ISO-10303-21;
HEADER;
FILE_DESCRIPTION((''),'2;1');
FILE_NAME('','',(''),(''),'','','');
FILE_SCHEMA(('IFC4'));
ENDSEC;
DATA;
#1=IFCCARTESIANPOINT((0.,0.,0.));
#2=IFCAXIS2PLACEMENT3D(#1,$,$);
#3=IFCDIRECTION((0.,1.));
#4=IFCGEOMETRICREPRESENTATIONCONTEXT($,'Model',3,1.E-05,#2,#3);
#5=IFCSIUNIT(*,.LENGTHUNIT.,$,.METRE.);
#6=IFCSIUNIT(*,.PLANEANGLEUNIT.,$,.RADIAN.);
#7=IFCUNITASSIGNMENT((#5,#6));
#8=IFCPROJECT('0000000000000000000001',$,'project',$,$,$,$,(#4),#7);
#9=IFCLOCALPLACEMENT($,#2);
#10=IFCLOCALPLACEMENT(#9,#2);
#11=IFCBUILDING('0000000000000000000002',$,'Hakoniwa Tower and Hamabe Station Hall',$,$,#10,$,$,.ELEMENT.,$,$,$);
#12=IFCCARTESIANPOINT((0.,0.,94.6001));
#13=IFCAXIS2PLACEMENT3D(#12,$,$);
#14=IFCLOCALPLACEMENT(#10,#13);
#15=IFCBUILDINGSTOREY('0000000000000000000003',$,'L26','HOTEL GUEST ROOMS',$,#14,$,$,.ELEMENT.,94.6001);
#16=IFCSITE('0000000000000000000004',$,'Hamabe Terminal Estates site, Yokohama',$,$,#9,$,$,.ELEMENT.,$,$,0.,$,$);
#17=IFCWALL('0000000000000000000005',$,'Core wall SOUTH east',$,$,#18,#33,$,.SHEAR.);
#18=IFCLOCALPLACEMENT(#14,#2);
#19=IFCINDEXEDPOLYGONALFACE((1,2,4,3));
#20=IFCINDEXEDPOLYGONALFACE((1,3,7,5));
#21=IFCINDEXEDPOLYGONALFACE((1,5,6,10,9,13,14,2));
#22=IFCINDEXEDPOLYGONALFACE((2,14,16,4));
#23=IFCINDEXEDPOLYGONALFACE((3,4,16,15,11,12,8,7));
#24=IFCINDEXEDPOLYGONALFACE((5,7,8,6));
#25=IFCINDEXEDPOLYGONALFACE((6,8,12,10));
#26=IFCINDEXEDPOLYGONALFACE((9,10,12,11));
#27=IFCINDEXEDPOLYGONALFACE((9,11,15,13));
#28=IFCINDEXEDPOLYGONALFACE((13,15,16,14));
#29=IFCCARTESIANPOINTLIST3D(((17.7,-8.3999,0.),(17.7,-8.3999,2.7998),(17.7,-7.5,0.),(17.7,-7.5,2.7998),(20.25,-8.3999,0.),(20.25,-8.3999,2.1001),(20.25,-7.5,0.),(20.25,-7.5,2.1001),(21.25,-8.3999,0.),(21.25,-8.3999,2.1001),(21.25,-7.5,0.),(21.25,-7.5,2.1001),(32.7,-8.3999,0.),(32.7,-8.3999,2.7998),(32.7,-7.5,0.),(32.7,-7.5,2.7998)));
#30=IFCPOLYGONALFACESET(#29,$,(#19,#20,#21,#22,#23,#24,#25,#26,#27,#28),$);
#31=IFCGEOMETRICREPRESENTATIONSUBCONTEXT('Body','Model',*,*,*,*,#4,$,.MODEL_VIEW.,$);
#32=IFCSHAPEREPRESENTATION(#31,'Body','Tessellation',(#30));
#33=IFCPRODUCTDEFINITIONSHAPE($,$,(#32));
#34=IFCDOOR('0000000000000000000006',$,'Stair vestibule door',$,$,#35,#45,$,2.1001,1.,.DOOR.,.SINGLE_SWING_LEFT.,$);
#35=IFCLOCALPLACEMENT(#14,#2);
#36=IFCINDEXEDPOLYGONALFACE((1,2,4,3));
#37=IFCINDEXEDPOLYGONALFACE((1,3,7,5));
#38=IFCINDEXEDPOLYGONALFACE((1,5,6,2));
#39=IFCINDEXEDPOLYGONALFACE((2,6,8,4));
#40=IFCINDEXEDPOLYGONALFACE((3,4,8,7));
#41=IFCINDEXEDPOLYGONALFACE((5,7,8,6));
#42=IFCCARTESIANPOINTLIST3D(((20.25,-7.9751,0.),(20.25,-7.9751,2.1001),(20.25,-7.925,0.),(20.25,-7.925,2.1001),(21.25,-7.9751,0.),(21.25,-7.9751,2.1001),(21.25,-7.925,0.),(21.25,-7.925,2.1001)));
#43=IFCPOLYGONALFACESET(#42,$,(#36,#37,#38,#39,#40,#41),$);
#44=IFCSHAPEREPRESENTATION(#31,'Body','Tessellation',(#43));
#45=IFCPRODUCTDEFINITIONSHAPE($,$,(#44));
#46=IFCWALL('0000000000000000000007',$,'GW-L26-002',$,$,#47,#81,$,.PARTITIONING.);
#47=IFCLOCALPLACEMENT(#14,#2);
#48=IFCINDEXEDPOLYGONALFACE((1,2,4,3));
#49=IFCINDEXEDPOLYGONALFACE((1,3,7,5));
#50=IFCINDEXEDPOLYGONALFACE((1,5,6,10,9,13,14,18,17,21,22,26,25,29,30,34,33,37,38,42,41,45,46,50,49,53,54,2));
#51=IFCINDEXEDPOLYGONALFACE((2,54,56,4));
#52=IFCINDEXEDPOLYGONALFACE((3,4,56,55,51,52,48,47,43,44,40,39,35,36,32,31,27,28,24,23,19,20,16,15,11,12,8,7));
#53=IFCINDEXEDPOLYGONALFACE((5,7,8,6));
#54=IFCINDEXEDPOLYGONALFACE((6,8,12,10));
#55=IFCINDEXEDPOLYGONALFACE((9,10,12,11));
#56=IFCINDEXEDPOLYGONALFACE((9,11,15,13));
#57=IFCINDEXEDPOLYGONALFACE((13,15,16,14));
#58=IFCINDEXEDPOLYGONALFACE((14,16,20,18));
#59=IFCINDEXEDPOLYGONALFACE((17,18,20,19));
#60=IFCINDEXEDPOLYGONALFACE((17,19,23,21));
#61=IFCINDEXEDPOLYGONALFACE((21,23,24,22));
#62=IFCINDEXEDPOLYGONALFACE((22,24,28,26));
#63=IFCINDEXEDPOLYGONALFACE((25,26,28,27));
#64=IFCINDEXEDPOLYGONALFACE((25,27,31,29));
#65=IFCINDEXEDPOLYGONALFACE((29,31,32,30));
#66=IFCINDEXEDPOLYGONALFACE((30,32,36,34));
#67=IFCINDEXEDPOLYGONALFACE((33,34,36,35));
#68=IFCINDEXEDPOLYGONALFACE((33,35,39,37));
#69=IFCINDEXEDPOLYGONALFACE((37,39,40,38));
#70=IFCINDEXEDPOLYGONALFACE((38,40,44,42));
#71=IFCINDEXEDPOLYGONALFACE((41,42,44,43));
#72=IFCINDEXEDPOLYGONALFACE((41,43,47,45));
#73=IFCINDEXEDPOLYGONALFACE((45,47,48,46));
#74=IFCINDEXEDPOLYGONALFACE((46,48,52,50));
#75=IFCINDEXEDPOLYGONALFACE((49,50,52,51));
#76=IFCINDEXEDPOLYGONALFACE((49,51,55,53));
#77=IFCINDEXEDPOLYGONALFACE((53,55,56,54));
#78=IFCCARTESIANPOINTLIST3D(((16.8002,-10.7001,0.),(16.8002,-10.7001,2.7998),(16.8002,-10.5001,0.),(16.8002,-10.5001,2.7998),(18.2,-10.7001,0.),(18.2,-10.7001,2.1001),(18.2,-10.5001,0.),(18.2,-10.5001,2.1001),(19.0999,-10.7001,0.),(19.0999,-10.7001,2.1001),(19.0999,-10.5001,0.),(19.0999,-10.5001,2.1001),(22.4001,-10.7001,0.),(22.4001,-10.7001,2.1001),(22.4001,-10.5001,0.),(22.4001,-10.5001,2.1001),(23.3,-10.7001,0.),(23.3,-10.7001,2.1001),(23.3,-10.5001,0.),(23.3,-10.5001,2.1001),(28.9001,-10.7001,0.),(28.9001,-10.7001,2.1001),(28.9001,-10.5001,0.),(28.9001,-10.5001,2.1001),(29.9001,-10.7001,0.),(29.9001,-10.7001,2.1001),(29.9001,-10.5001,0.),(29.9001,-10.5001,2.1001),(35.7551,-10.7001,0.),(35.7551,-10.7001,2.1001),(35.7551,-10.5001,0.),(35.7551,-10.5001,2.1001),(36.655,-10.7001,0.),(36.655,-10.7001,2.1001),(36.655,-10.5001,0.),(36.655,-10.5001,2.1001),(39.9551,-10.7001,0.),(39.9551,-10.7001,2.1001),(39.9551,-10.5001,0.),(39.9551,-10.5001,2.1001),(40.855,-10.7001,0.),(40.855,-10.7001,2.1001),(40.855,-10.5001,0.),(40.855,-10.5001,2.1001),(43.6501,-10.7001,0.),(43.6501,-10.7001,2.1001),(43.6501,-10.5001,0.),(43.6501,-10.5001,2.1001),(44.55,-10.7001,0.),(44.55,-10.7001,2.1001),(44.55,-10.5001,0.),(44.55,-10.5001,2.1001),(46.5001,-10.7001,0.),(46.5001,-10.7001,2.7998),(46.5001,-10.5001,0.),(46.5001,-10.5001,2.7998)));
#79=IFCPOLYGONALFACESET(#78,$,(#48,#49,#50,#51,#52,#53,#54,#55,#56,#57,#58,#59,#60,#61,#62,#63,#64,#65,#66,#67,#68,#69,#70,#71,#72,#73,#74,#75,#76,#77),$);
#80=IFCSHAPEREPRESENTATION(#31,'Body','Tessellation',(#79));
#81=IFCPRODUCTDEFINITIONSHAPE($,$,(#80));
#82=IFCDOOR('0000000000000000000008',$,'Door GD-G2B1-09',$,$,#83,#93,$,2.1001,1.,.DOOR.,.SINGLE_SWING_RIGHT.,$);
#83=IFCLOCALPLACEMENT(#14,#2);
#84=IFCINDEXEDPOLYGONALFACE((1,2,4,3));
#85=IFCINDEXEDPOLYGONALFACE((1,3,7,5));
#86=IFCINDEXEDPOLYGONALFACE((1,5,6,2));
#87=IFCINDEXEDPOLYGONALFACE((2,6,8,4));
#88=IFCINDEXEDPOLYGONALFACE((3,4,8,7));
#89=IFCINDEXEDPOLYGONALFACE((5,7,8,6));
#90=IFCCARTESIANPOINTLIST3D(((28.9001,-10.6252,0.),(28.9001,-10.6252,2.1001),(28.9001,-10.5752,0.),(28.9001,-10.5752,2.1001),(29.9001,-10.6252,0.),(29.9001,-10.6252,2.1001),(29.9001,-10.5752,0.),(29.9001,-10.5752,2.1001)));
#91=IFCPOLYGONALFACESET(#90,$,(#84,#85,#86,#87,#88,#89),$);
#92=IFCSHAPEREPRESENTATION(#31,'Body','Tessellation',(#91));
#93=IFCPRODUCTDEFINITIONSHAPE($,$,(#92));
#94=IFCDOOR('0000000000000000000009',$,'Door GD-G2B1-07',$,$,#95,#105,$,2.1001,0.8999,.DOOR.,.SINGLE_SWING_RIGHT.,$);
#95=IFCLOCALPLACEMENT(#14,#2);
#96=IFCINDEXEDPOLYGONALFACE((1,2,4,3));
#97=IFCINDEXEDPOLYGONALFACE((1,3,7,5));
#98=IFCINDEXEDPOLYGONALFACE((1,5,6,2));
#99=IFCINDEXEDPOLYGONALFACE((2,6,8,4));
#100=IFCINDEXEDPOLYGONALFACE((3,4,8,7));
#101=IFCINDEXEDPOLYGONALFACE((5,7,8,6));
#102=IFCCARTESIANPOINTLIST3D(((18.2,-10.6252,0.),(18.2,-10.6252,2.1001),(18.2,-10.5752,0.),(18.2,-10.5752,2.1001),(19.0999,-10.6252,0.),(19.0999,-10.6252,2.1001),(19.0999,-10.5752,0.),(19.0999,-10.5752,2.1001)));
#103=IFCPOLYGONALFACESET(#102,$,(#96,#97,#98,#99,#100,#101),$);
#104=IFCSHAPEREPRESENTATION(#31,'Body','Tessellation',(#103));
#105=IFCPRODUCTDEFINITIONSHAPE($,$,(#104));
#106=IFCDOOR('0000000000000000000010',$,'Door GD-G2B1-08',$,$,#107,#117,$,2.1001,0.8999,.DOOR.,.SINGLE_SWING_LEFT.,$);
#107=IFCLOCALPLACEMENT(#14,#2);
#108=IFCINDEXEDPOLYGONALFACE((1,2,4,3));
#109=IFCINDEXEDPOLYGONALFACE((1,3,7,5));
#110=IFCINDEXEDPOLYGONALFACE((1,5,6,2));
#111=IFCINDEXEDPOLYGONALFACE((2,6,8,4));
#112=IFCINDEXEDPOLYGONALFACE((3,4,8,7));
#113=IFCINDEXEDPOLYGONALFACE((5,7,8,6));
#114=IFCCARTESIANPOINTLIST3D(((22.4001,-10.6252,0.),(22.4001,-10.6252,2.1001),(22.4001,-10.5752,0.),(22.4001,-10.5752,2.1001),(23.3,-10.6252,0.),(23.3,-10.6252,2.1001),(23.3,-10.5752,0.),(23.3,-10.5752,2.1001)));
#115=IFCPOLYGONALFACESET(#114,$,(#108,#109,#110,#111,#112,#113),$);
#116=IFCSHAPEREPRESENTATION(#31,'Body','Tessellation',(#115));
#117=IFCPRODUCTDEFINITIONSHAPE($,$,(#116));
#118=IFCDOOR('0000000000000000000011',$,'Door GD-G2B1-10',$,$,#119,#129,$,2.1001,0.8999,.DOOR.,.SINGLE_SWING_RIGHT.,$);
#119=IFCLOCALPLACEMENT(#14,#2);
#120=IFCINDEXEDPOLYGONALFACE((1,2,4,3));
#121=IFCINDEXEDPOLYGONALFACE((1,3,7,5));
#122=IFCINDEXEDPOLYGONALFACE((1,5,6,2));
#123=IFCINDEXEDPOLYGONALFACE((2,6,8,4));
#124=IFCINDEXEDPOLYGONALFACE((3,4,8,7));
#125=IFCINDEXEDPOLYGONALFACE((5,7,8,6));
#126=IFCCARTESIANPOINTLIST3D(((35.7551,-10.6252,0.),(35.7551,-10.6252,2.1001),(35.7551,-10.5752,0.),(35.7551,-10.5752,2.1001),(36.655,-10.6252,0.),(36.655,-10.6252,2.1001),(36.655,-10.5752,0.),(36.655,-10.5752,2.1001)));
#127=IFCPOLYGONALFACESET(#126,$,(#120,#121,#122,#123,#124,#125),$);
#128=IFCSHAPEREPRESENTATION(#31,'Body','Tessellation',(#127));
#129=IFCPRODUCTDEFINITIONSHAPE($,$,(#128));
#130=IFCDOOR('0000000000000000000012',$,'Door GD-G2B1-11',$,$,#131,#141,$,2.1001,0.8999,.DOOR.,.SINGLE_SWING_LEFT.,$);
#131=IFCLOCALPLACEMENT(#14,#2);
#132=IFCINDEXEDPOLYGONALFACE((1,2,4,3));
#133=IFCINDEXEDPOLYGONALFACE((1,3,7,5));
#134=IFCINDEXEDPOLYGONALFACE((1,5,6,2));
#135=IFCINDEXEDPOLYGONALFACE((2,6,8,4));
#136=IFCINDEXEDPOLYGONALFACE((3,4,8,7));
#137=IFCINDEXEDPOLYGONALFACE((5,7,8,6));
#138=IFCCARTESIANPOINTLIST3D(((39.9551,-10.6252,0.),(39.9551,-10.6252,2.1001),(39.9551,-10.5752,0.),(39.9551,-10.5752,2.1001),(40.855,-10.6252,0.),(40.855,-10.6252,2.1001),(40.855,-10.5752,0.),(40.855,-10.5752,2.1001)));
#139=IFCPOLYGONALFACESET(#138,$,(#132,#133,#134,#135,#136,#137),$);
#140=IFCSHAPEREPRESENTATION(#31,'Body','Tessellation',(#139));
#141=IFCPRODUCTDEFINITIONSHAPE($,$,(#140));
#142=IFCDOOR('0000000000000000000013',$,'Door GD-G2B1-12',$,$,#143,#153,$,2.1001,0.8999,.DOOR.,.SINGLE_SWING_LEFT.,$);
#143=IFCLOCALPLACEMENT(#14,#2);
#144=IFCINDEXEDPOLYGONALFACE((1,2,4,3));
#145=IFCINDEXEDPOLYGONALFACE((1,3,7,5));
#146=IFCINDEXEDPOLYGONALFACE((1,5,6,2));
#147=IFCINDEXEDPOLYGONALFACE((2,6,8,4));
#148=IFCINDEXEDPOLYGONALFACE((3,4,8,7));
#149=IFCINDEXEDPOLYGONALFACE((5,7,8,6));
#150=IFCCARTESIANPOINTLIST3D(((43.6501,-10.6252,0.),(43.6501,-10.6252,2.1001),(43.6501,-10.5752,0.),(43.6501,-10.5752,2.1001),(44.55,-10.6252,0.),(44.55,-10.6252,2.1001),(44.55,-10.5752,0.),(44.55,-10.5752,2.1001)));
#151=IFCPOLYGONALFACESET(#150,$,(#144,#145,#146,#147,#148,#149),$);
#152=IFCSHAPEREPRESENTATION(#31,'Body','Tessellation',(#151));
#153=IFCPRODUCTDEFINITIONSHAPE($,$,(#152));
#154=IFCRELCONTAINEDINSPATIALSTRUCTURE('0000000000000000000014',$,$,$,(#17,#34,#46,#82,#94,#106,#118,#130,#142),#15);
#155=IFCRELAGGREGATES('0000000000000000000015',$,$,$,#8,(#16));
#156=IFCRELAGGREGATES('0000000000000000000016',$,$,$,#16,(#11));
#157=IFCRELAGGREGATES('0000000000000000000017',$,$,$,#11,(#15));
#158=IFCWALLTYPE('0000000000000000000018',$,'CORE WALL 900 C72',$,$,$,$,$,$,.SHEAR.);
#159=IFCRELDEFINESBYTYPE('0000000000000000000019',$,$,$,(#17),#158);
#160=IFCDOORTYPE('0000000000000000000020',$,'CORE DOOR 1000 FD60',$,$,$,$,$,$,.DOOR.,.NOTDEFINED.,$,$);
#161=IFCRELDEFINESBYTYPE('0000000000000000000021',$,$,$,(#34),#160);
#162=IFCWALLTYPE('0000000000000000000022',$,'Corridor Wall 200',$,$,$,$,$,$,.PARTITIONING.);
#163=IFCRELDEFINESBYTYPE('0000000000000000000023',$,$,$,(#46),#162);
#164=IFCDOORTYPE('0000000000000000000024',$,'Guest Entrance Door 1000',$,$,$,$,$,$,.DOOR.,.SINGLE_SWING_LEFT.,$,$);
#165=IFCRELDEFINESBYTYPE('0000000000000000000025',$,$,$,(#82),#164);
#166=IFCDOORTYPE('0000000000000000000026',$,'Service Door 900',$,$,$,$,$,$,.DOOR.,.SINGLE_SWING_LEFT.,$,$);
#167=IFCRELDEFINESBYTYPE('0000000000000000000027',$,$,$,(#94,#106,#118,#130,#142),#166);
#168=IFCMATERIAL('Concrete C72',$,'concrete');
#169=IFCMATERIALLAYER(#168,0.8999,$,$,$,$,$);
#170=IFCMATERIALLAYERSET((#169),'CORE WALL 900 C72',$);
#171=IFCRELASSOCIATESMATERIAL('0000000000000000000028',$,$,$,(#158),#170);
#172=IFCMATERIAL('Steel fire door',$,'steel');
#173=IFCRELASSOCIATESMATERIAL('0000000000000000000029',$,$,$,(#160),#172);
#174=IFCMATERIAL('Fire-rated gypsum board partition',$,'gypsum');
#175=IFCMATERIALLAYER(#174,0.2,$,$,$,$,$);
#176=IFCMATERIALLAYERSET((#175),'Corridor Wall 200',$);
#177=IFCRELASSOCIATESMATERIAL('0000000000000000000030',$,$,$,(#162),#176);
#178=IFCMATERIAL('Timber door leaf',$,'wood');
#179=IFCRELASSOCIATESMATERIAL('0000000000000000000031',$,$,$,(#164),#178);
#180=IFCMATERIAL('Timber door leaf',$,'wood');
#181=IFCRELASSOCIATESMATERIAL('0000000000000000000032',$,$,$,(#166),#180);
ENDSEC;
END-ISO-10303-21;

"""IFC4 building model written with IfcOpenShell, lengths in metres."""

from ifc_helpers import new_model, si_unit, direction, frame, frame_2d, origin, place, context, subcontext, project, spatial, rectangle, extrude, material, layer, layer_set, type_object, element, fill, save


model = new_model("IFC4")

# Units and contexts
model_context = context("Model", 3, precision=1e-05, world=origin(), true_north=direction((0.0, 1.0)))
body_context = subcontext(model_context, "Body", "Model", "MODEL_VIEW")
ifc_project = project(units=[si_unit("LENGTHUNIT", "METRE"), si_unit("PLANEANGLEUNIT", "RADIAN")], contexts=[model_context])

# Site, building, storey
site_placement = place(None, origin())
site = spatial("IfcSite", under=ifc_project, at=site_placement, Name="Hamabe Terminal Estates site, Yokohama", CompositionType="ELEMENT", RefElevation=0.0)
building_placement = place(site_placement, origin())
building = spatial("IfcBuilding", under=site, at=building_placement, Name="Hakoniwa Tower and Hamabe Station Hall", CompositionType="ELEMENT")
storey_placement = place(building_placement, frame((0.0, 0.0, 94.6001)))
storey = spatial("IfcBuildingStorey", under=building, at=storey_placement, Name="L26", Description="HOTEL GUEST ROOMS", CompositionType="ELEMENT", Elevation=94.6001)

# Wall, opening, door
ifc_material_1 = material(Name="Concrete C72", Category="concrete")
ifc_layer_1 = layer(ifc_material_1, 0.8999)
ifc_layer_set_1 = layer_set([ifc_layer_1], Name="CORE WALL 900 C72")
wall_type_1 = type_object("IfcWallType", Name="CORE WALL 900 C72", PredefinedType="SHEAR", material=ifc_layer_set_1)
wall_1_placement = place(storey_placement, frame((17.7, -7.95, 0.0), z_axis=(0.0, 0.0, 1.0), x_axis=(1.0, 0.0, 0.0)))
wall_1 = element("IfcWall", 1, at=wall_1_placement, inside=storey, type_object=wall_type_1, Name="Core wall SOUTH east", PredefinedType="SHEAR", context=body_context, shape_type="SweptSolid", body=[
    extrude(rectangle(XDim=15.0, YDim=0.8999, at=frame_2d((7.5, 0.0))), origin(), (0.0, 0.0, 1.0), 2.7998),
])
opening_1_placement = place(wall_1_placement, frame((2.55, 0.0, 0.0)))
opening_1 = element("IfcOpeningElement", 2, at=opening_1_placement, cuts=wall_1, PredefinedType="OPENING", context=body_context, shape_type="SweptSolid", body=[
    extrude(rectangle(XDim=1.0, YDim=2.1001, at=frame_2d((0.5, 1.05))), frame((0.0, 0.46, 0.0), z_axis=(0.0, -1.0, 0.0), x_axis=(1.0, 0.0, 0.0)), (0.0, 0.0, 1.0), 0.9199),
])
ifc_material_2 = material(Name="Steel fire door", Category="steel")
door_type_1 = type_object("IfcDoorType", Name="CORE DOOR 1000 FD60", OperationType="NOTDEFINED", PredefinedType="DOOR", material=ifc_material_2)
door_1_placement = place(opening_1_placement, origin())
door_1 = element("IfcDoor", 3, at=door_1_placement, inside=storey, type_object=door_type_1, Name="Stair vestibule door", OperationType="SINGLE_SWING_LEFT", OverallHeight=2.1001, OverallWidth=1.0, PredefinedType="DOOR", context=body_context, shape_type="SweptSolid", body=[
    extrude(rectangle(XDim=1.0, YDim=2.1001, at=frame_2d((0.5, 1.05))), frame((0.0, 0.0249, 0.0), z_axis=(0.0, -1.0, 0.0), x_axis=(1.0, 0.0, 0.0)), (0.0, 0.0, 1.0), 0.05),
])
fill(opening_1, door_1)

# Wall, openings, doors
ifc_material_3 = material(Name="Fire-rated gypsum board partition", Category="gypsum")
ifc_layer_2 = layer(ifc_material_3, 0.2)
ifc_layer_set_2 = layer_set([ifc_layer_2], Name="Corridor Wall 200")
wall_type_2 = type_object("IfcWallType", Name="Corridor Wall 200", PredefinedType="PARTITIONING", material=ifc_layer_set_2)
wall_2_placement = place(storey_placement, frame((16.8, -10.6001, 0.0), z_axis=(0.0, 0.0, 1.0), x_axis=(1.0, 0.0, 0.0)))
wall_2 = element("IfcWall", 4, at=wall_2_placement, inside=storey, type_object=wall_type_2, Name="GW-L26-002", PredefinedType="PARTITIONING", context=body_context, shape_type="SweptSolid", body=[
    extrude(rectangle(XDim=29.7, YDim=0.2, at=frame_2d((14.8501, 0.0))), origin(), (0.0, 0.0, 1.0), 2.7998),
])
opening_2_placement = place(wall_2_placement, frame((1.3999, 0.0, 0.0)))
opening_2 = element("IfcOpeningElement", 5, at=opening_2_placement, cuts=wall_2, PredefinedType="OPENING", context=body_context, shape_type="SweptSolid", body=[
    extrude(rectangle(XDim=0.8999, YDim=2.1001, at=frame_2d((0.45, 1.05))), frame((0.0, 0.1099, 0.0), z_axis=(0.0, -1.0, 0.0), x_axis=(1.0, 0.0, 0.0)), (0.0, 0.0, 1.0), 0.22),
])
opening_3_placement = place(wall_2_placement, frame((5.6001, 0.0, 0.0)))
opening_3 = element("IfcOpeningElement", 6, at=opening_3_placement, cuts=wall_2, PredefinedType="OPENING", context=body_context, shape_type="SweptSolid", body=[
    extrude(rectangle(XDim=0.8999, YDim=2.1001, at=frame_2d((0.45, 1.05))), frame((0.0, 0.1099, 0.0), z_axis=(0.0, -1.0, 0.0), x_axis=(1.0, 0.0, 0.0)), (0.0, 0.0, 1.0), 0.22),
])
opening_4_placement = place(wall_2_placement, frame((12.1001, 0.0, 0.0)))
opening_4 = element("IfcOpeningElement", 7, at=opening_4_placement, cuts=wall_2, PredefinedType="OPENING", context=body_context, shape_type="SweptSolid", body=[
    extrude(rectangle(XDim=1.0, YDim=2.1001, at=frame_2d((0.5, 1.05))), frame((0.0, 0.1099, 0.0), z_axis=(0.0, -1.0, 0.0), x_axis=(1.0, 0.0, 0.0)), (0.0, 0.0, 1.0), 0.22),
])
opening_5_placement = place(wall_2_placement, frame((18.9551, 0.0, 0.0)))
opening_5 = element("IfcOpeningElement", 8, at=opening_5_placement, cuts=wall_2, PredefinedType="OPENING", context=body_context, shape_type="SweptSolid", body=[
    extrude(rectangle(XDim=0.8999, YDim=2.1001, at=frame_2d((0.45, 1.05))), frame((0.0, 0.1099, 0.0), z_axis=(0.0, -1.0, 0.0), x_axis=(1.0, 0.0, 0.0)), (0.0, 0.0, 1.0), 0.22),
])
opening_6_placement = place(wall_2_placement, frame((23.155, 0.0, 0.0)))
opening_6 = element("IfcOpeningElement", 9, at=opening_6_placement, cuts=wall_2, PredefinedType="OPENING", context=body_context, shape_type="SweptSolid", body=[
    extrude(rectangle(XDim=0.8999, YDim=2.1001, at=frame_2d((0.45, 1.05))), frame((0.0, 0.1099, 0.0), z_axis=(0.0, -1.0, 0.0), x_axis=(1.0, 0.0, 0.0)), (0.0, 0.0, 1.0), 0.22),
])
opening_7_placement = place(wall_2_placement, frame((26.8501, 0.0, 0.0)))
opening_7 = element("IfcOpeningElement", 10, at=opening_7_placement, cuts=wall_2, PredefinedType="OPENING", context=body_context, shape_type="SweptSolid", body=[
    extrude(rectangle(XDim=0.8999, YDim=2.1001, at=frame_2d((0.45, 1.05))), frame((0.0, 0.1099, 0.0), z_axis=(0.0, -1.0, 0.0), x_axis=(1.0, 0.0, 0.0)), (0.0, 0.0, 1.0), 0.22),
])
ifc_material_4 = material(Name="Timber door leaf", Category="wood")
door_type_2 = type_object("IfcDoorType", Name="Guest Entrance Door 1000", OperationType="SINGLE_SWING_LEFT", PredefinedType="DOOR", material=ifc_material_4)
door_2_placement = place(opening_4_placement, origin())
door_2 = element("IfcDoor", 11, at=door_2_placement, inside=storey, type_object=door_type_2, Name="Door GD-G2B1-09", OperationType="SINGLE_SWING_RIGHT", OverallHeight=2.1001, OverallWidth=1.0, PredefinedType="DOOR", context=body_context, shape_type="SweptSolid", body=[
    extrude(rectangle(XDim=1.0, YDim=2.1001, at=frame_2d((0.5, 1.05))), frame((0.0, 0.0249, 0.0), z_axis=(0.0, -1.0, 0.0), x_axis=(1.0, 0.0, 0.0)), (0.0, 0.0, 1.0), 0.05),
])
fill(opening_4, door_2)
ifc_material_5 = material(Name="Timber door leaf", Category="wood")
door_type_3 = type_object("IfcDoorType", Name="Service Door 900", OperationType="SINGLE_SWING_LEFT", PredefinedType="DOOR", material=ifc_material_5)
door_3_placement = place(opening_2_placement, origin())
door_3 = element("IfcDoor", 12, at=door_3_placement, inside=storey, type_object=door_type_3, Name="Door GD-G2B1-07", OperationType="SINGLE_SWING_RIGHT", OverallHeight=2.1001, OverallWidth=0.8999, PredefinedType="DOOR", context=body_context, shape_type="SweptSolid", body=[
    extrude(rectangle(XDim=0.8999, YDim=2.1001, at=frame_2d((0.45, 1.05))), frame((0.0, 0.0249, 0.0), z_axis=(0.0, -1.0, 0.0), x_axis=(1.0, 0.0, 0.0)), (0.0, 0.0, 1.0), 0.05),
])
fill(opening_2, door_3)
door_4_placement = place(opening_3_placement, origin())
door_4 = element("IfcDoor", 13, at=door_4_placement, inside=storey, type_object=door_type_3, Name="Door GD-G2B1-08", OperationType="SINGLE_SWING_LEFT", OverallHeight=2.1001, OverallWidth=0.8999, PredefinedType="DOOR", context=body_context, shape_type="SweptSolid", body=[
    extrude(rectangle(XDim=0.8999, YDim=2.1001, at=frame_2d((0.45, 1.05))), frame((0.0, 0.0249, 0.0), z_axis=(0.0, -1.0, 0.0), x_axis=(1.0, 0.0, 0.0)), (0.0, 0.0, 1.0), 0.05),
])
fill(opening_3, door_4)
door_5_placement = place(opening_5_placement, origin())
door_5 = element("IfcDoor", 14, at=door_5_placement, inside=storey, type_object=door_type_3, Name="Door GD-G2B1-10", OperationType="SINGLE_SWING_RIGHT", OverallHeight=2.1001, OverallWidth=0.8999, PredefinedType="DOOR", context=body_context, shape_type="SweptSolid", body=[
    extrude(rectangle(XDim=0.8999, YDim=2.1001, at=frame_2d((0.45, 1.05))), frame((0.0, 0.0249, 0.0), z_axis=(0.0, -1.0, 0.0), x_axis=(1.0, 0.0, 0.0)), (0.0, 0.0, 1.0), 0.05),
])
fill(opening_5, door_5)
door_6_placement = place(opening_6_placement, origin())
door_6 = element("IfcDoor", 15, at=door_6_placement, inside=storey, type_object=door_type_3, Name="Door GD-G2B1-11", OperationType="SINGLE_SWING_LEFT", OverallHeight=2.1001, OverallWidth=0.8999, PredefinedType="DOOR", context=body_context, shape_type="SweptSolid", body=[
    extrude(rectangle(XDim=0.8999, YDim=2.1001, at=frame_2d((0.45, 1.05))), frame((0.0, 0.0249, 0.0), z_axis=(0.0, -1.0, 0.0), x_axis=(1.0, 0.0, 0.0)), (0.0, 0.0, 1.0), 0.05),
])
fill(opening_6, door_6)
door_7_placement = place(opening_7_placement, origin())
door_7 = element("IfcDoor", 16, at=door_7_placement, inside=storey, type_object=door_type_3, Name="Door GD-G2B1-12", OperationType="SINGLE_SWING_LEFT", OverallHeight=2.1001, OverallWidth=0.8999, PredefinedType="DOOR", context=body_context, shape_type="SweptSolid", body=[
    extrude(rectangle(XDim=0.8999, YDim=2.1001, at=frame_2d((0.45, 1.05))), frame((0.0, 0.0249, 0.0), z_axis=(0.0, -1.0, 0.0), x_axis=(1.0, 0.0, 0.0)), (0.0, 0.0, 1.0), 0.05),
])
fill(opening_7, door_7)

save(model, "model.ifc")
